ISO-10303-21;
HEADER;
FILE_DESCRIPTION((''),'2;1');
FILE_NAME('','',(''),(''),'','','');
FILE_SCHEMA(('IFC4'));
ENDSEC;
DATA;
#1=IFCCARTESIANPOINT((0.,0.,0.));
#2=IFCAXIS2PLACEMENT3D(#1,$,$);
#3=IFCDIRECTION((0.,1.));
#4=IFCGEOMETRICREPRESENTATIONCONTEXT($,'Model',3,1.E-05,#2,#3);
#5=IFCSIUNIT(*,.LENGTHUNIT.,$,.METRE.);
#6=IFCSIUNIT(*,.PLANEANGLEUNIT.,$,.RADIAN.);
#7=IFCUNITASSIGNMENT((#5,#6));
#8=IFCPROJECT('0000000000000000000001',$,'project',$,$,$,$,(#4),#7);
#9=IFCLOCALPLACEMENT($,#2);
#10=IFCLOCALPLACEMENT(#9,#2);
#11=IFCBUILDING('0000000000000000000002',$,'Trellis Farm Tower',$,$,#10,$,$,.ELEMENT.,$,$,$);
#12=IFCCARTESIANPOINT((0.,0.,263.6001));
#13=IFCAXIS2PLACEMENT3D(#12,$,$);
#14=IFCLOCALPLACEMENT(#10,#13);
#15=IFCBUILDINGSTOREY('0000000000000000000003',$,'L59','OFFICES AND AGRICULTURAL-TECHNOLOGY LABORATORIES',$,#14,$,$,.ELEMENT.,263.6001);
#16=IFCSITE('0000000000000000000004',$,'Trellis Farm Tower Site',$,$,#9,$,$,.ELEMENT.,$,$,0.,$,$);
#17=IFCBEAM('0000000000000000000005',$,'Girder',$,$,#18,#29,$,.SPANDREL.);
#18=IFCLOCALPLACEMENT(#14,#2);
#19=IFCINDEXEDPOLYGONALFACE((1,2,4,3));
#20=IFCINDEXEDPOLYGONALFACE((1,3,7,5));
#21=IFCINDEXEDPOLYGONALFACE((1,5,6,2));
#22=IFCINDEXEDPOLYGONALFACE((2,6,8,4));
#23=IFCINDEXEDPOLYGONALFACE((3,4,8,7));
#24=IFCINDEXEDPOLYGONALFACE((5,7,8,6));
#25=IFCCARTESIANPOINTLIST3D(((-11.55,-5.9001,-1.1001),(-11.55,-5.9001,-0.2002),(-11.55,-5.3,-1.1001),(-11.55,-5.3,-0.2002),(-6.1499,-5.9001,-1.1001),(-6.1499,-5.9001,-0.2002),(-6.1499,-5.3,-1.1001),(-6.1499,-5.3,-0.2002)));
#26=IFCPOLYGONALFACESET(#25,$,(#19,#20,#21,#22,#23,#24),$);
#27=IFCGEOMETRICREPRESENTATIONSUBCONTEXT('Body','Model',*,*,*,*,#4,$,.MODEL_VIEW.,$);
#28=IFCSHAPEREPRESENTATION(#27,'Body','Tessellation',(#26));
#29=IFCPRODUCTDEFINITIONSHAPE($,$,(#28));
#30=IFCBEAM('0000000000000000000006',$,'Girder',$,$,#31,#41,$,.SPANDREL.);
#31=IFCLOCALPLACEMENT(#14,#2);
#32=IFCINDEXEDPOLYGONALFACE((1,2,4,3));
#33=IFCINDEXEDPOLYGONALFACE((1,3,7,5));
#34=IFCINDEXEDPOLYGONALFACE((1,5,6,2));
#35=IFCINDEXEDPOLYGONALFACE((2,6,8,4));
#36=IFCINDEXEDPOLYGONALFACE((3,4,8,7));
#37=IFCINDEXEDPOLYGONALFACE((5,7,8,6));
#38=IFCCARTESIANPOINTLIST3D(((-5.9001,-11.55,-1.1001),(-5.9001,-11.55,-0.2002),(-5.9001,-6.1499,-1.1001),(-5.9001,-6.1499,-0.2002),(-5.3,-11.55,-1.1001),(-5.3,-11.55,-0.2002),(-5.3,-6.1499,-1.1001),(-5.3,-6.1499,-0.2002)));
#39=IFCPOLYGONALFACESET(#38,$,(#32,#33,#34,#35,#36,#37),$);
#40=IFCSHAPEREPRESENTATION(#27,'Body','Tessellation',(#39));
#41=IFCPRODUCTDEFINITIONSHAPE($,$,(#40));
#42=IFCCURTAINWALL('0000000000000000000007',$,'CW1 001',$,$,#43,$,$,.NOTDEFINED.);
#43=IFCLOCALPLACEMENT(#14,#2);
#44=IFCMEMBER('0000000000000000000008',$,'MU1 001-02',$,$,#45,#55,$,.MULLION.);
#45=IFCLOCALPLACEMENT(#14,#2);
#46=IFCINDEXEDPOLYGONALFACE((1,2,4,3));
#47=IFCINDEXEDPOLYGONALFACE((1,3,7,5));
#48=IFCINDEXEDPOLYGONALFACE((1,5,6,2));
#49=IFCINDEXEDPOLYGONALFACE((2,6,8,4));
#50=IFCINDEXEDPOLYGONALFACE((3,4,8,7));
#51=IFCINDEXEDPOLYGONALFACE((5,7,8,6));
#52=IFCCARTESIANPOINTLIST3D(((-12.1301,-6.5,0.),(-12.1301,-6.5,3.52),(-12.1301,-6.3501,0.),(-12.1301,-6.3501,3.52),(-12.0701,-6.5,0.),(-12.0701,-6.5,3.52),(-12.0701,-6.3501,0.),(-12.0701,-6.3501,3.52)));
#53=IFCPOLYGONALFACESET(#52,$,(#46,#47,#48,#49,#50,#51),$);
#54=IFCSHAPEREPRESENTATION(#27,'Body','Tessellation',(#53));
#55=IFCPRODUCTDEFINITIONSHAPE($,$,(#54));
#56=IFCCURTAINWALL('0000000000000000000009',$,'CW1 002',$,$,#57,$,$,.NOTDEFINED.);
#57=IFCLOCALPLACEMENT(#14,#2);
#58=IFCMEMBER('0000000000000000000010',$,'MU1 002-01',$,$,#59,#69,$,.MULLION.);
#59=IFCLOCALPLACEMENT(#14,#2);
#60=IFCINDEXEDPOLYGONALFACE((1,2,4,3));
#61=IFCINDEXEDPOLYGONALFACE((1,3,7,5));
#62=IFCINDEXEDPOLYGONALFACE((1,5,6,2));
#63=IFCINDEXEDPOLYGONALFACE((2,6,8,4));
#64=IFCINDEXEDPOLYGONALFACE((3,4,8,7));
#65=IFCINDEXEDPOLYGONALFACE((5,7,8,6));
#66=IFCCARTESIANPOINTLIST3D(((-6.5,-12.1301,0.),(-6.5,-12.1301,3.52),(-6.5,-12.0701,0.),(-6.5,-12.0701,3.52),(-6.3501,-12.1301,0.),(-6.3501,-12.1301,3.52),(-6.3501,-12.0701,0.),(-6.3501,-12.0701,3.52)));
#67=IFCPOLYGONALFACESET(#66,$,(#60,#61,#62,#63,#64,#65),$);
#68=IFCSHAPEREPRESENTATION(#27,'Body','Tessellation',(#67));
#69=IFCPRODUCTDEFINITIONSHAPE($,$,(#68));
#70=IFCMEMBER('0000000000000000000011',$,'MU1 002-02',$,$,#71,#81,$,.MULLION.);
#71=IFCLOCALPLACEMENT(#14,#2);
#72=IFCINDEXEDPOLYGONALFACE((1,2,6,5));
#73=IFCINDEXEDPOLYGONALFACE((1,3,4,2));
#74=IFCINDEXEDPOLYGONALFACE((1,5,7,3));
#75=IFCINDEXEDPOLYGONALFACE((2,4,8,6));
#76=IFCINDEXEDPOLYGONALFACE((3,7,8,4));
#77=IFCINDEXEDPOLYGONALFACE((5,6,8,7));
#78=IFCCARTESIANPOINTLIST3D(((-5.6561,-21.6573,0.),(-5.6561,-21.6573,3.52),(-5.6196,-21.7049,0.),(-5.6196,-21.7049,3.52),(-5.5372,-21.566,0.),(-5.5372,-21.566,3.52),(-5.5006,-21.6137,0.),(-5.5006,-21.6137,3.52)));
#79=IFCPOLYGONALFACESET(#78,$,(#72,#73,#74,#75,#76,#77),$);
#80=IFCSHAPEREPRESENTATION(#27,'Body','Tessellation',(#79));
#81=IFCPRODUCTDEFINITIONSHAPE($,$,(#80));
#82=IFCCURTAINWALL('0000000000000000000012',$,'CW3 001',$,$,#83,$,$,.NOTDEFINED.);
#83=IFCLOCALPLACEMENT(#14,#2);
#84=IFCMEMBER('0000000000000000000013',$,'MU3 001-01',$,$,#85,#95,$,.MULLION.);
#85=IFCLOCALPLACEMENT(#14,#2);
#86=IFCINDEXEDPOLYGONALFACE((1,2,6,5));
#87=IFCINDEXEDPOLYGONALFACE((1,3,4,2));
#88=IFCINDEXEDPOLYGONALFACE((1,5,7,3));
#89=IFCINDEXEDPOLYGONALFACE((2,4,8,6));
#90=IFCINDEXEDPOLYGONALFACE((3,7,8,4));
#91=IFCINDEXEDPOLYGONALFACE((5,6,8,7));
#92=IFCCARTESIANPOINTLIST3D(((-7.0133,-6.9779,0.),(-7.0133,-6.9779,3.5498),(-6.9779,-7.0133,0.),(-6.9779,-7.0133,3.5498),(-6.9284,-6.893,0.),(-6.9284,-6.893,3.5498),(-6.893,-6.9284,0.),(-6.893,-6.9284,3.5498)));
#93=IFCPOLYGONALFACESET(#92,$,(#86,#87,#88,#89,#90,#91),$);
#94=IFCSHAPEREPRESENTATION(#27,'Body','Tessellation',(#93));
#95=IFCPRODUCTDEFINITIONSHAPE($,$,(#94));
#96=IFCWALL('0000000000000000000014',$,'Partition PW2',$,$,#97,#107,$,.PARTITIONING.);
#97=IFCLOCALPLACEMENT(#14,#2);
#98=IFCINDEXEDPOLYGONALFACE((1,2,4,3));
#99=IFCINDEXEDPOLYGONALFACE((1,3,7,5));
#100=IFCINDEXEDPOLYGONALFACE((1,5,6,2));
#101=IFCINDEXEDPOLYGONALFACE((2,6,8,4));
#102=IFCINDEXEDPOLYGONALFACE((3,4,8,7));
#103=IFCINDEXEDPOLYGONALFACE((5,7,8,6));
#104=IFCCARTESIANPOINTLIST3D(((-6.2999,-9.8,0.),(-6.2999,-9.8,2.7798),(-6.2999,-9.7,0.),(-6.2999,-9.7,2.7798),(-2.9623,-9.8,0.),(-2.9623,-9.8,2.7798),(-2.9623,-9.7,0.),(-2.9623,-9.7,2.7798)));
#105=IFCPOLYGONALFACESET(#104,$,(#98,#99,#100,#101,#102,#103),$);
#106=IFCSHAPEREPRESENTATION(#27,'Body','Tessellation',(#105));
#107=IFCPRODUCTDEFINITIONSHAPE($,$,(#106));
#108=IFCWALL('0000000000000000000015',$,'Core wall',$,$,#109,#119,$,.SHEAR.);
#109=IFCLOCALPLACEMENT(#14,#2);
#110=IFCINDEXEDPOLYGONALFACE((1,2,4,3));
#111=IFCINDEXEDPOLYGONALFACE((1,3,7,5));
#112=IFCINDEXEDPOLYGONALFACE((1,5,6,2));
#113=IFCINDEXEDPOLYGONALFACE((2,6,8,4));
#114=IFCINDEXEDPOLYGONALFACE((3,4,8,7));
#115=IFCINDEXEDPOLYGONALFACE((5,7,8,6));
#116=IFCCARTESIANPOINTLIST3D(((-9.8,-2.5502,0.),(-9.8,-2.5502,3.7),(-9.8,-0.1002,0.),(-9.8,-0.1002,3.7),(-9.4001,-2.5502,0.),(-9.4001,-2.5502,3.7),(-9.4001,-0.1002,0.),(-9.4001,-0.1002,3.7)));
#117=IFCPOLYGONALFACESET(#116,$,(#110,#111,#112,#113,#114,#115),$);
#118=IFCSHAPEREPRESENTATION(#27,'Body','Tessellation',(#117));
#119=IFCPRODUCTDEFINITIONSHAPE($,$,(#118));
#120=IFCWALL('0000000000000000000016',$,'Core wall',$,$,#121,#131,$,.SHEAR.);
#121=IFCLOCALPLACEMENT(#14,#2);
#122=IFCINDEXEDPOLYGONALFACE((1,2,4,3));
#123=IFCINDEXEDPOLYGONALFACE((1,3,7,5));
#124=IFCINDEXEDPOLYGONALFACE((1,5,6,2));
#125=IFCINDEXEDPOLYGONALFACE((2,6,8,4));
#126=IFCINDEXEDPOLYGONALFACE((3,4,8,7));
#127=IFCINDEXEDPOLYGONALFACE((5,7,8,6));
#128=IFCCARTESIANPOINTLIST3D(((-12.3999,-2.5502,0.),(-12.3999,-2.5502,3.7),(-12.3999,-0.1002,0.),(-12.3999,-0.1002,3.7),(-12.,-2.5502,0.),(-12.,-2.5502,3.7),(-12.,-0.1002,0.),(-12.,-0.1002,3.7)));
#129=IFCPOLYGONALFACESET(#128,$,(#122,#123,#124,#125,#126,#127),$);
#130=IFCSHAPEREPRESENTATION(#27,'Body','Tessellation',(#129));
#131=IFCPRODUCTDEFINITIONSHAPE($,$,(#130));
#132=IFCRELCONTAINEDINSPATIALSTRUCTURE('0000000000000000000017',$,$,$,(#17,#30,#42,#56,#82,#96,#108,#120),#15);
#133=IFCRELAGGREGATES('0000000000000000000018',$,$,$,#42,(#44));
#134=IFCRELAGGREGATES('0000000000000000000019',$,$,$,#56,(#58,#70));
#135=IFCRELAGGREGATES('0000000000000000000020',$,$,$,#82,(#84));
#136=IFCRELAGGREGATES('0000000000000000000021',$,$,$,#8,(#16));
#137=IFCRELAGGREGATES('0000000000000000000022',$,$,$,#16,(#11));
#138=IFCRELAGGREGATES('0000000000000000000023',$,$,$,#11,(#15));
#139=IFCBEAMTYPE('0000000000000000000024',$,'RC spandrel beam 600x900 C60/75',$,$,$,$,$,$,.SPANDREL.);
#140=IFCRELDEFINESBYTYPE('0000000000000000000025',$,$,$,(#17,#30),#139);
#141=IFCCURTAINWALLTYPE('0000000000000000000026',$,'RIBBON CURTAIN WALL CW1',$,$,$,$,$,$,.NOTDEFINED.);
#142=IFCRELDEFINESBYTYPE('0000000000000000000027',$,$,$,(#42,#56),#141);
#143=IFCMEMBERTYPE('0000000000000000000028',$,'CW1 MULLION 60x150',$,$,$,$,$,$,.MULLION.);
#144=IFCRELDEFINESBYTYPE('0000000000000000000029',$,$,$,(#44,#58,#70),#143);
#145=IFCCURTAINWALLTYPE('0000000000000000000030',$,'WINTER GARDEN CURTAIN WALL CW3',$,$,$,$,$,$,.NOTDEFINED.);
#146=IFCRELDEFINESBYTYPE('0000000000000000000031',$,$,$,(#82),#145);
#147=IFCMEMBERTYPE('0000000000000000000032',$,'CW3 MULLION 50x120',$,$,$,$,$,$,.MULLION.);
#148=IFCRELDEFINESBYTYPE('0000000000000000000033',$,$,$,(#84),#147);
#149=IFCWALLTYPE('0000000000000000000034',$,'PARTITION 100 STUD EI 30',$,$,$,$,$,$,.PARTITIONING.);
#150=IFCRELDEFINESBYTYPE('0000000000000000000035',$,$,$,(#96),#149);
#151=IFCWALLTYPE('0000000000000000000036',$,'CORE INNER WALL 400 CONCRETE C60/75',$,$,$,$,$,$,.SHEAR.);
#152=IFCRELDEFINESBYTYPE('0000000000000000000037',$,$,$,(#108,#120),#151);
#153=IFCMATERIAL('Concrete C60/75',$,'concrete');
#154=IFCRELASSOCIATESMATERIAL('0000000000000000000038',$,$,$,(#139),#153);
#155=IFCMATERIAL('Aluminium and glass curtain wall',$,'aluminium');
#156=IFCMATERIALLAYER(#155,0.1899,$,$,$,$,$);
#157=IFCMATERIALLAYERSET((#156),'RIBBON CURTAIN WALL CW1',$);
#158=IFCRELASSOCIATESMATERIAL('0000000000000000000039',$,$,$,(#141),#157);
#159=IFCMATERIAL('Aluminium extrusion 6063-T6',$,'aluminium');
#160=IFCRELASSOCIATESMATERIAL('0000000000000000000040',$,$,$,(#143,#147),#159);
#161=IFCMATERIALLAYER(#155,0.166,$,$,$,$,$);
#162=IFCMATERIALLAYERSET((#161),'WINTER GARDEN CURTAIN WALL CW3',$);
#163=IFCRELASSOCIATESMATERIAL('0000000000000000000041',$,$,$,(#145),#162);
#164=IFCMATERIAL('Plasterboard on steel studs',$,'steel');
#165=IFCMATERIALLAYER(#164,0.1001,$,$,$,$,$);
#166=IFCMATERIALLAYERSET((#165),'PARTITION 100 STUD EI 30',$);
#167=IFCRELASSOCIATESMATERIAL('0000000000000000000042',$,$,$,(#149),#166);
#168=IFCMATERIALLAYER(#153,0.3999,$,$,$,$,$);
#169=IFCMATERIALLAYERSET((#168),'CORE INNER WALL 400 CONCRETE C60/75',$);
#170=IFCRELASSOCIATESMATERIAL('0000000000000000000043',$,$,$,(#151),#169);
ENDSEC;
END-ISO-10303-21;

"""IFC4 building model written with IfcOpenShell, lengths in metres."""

from ifc_helpers import new_model, si_unit, direction, frame, frame_2d, origin, origin_2d, place, context, subcontext, project, spatial, rectangle, extrude, source, transform, mapped, material, layer, layer_set, material_profile, profile_set, type_object, element, aggregate, save


model = new_model("IFC4")

# Units and contexts
model_context = context("Model", 3, precision=1e-05, world=origin(), true_north=direction((0.0, 1.0)))
body_context = subcontext(model_context, "Body", "Model", "MODEL_VIEW")
ifc_project = project(units=[si_unit("LENGTHUNIT", "METRE"), si_unit("PLANEANGLEUNIT", "RADIAN")], contexts=[model_context])

# Site, building, storey
site_placement = place(None, origin())
site = spatial("IfcSite", under=ifc_project, at=site_placement, Name="Trellis Farm Tower Site", CompositionType="ELEMENT", RefElevation=0.0)
building_placement = place(site_placement, origin())
building = spatial("IfcBuilding", under=site, at=building_placement, Name="Trellis Farm Tower", CompositionType="ELEMENT")
storey_placement = place(building_placement, frame((0.0, 0.0, 263.6001)))
storey = spatial("IfcBuildingStorey", under=building, at=storey_placement, Name="L59", Description="OFFICES AND AGRICULTURAL-TECHNOLOGY LABORATORIES", CompositionType="ELEMENT", Elevation=263.6001)

# Shared definitions
ifc_material_1 = material(Name="Concrete C60/75", Category="concrete")

# Beams
ifc_material_profile_1 = material_profile(ifc_material_1, rectangle(XDim=0.6001, YDim=0.8999, at=origin_2d()), Name="RC spandrel beam 600x900 C60/75")
ifc_profile_set_1 = profile_set([ifc_material_profile_1], Name="Concrete C60/75")
beam_type_1 = type_object("IfcBeamType", Name="RC spandrel beam 600x900 C60/75", PredefinedType="SPANDREL", material=ifc_profile_set_1)
shared_shape_1 = source(origin(), body_context, "Body", "SweptSolid", [
    extrude(rectangle(XDim=0.6001, YDim=0.8999, at=origin_2d()), origin(), (0.0, 0.0, 1.0), 5.4001),
])
for number, where, z_axis, x_axis, name in (
    (1, (-11.55, -5.6001, -0.6501), (1.0, 0.0, 0.0), (0.0, 1.0, 0.0), "Girder"),
    (2, (-5.6001, -11.55, -0.6501), (0.0, 1.0, 0.0), (-1.0, 0.0, 0.0), "Girder"),
):
    element("IfcBeam", number, at=place(storey_placement, frame(where, z_axis=z_axis, x_axis=x_axis)), inside=storey, type_object=beam_type_1, Name=name, PredefinedType="SPANDREL", context=body_context, shape_type="MappedRepresentation", body=[
        mapped(shared_shape_1, transform((0.0, 0.0, 0.0))),
    ])

# Curtain wall, member
ifc_material_2 = material(Name="Aluminium and glass curtain wall", Category="aluminium")
ifc_layer_1 = layer(ifc_material_2, 0.1899)
ifc_layer_set_1 = layer_set([ifc_layer_1], Name="RIBBON CURTAIN WALL CW1")
curtain_wall_type_1 = type_object("IfcCurtainWallType", Name="RIBBON CURTAIN WALL CW1", PredefinedType="NOTDEFINED", material=ifc_layer_set_1)
placement = place(storey_placement, origin())
curtain_wall_1 = element("IfcCurtainWall", 3, at=placement, inside=storey, type_object=curtain_wall_type_1, Name="CW1 001", PredefinedType="NOTDEFINED")
ifc_material_3 = material(Name="Aluminium extrusion 6063-T6", Category="aluminium")
ifc_material_profile_2 = material_profile(ifc_material_3, rectangle(XDim=0.0601, YDim=0.1499, at=origin_2d()), Name="MULLION 60x150")
ifc_profile_set_2 = profile_set([ifc_material_profile_2], Name="Aluminium extrusion 6063-T6")
member_type_1 = type_object("IfcMemberType", Name="CW1 MULLION 60x150", PredefinedType="MULLION", material=ifc_profile_set_2)
shared_shape_2 = source(origin(), body_context, "Body", "SweptSolid", [
    extrude(rectangle(XDim=0.0601, YDim=0.1499, at=origin_2d()), origin(), (0.0, 0.0, 1.0), 3.52),
])
member_1_placement = place(storey_placement, frame((-12.1001, -6.425, 0.0), z_axis=(0.0, 0.0, 1.0), x_axis=(1.0, 0.0, 0.0)))
member_1 = element("IfcMember", 4, at=member_1_placement, type_object=member_type_1, Name="MU1 001-02", PredefinedType="MULLION", context=body_context, shape_type="MappedRepresentation", body=[
    mapped(shared_shape_2, transform((0.0, 0.0, 0.0))),
])
aggregate(curtain_wall_1, [member_1])

# Curtain wall, members
curtain_wall_2 = element("IfcCurtainWall", 5, at=placement, inside=storey, type_object=curtain_wall_type_1, Name="CW1 002", PredefinedType="NOTDEFINED")
member_2_placement = place(storey_placement, frame((-6.425, -12.1001, 0.0), z_axis=(0.0, 0.0, 1.0), x_axis=(0.0, -1.0, 0.0)))
member_2 = element("IfcMember", 6, at=member_2_placement, type_object=member_type_1, Name="MU1 002-01", PredefinedType="MULLION", context=body_context, shape_type="MappedRepresentation", body=[
    mapped(shared_shape_2, transform((0.0, 0.0, 0.0))),
])
member_3_placement = place(storey_placement, frame((-5.5784, -21.6355, 0.0), z_axis=(0.0, 0.0, 1.0), x_axis=(0.608761, -0.793353, 0.0)))
member_3 = element("IfcMember", 7, at=member_3_placement, type_object=member_type_1, Name="MU1 002-02", PredefinedType="MULLION", context=body_context, shape_type="MappedRepresentation", body=[
    mapped(shared_shape_2, transform((0.0, 0.0, 0.0))),
])
aggregate(curtain_wall_2, [member_2, member_3])

# Curtain wall, member
ifc_layer_2 = layer(ifc_material_2, 0.166)
ifc_layer_set_2 = layer_set([ifc_layer_2], Name="WINTER GARDEN CURTAIN WALL CW3")
curtain_wall_type_2 = type_object("IfcCurtainWallType", Name="WINTER GARDEN CURTAIN WALL CW3", PredefinedType="NOTDEFINED", material=ifc_layer_set_2)
curtain_wall_3 = element("IfcCurtainWall", 8, at=placement, inside=storey, type_object=curtain_wall_type_2, Name="CW3 001", PredefinedType="NOTDEFINED")
ifc_material_profile_3 = material_profile(ifc_material_3, rectangle(XDim=0.05, YDim=0.1201, at=origin_2d()), Name="MULLION 50x120")
ifc_profile_set_3 = profile_set([ifc_material_profile_3], Name="Aluminium extrusion 6063-T6")
member_type_2 = type_object("IfcMemberType", Name="CW3 MULLION 50x120", PredefinedType="MULLION", material=ifc_profile_set_3)
shared_shape_3 = source(origin(), body_context, "Body", "SweptSolid", [
    extrude(rectangle(XDim=0.05, YDim=0.1201, at=origin_2d()), origin(), (0.0, 0.0, 1.0), 3.5498),
])
member_4_placement = place(storey_placement, frame((-6.9531, -6.9531, 0.0), z_axis=(0.0, 0.0, 1.0), x_axis=(0.707107, -0.707107, 0.0)))
member_4 = element("IfcMember", 9, at=member_4_placement, type_object=member_type_2, Name="MU3 001-01", PredefinedType="MULLION", context=body_context, shape_type="MappedRepresentation", body=[
    mapped(shared_shape_3, transform((0.0, 0.0, 0.0))),
])
aggregate(curtain_wall_3, [member_4])

# Walls
ifc_material_4 = material(Name="Plasterboard on steel studs", Category="steel")
ifc_layer_3 = layer(ifc_material_4, 0.1001)
ifc_layer_set_3 = layer_set([ifc_layer_3], Name="PARTITION 100 STUD EI 30")
wall_type_1 = type_object("IfcWallType", Name="PARTITION 100 STUD EI 30", PredefinedType="PARTITIONING", material=ifc_layer_set_3)
wall_1_placement = place(storey_placement, frame((-6.3, -9.75, 0.0), z_axis=(0.0, 0.0, 1.0), x_axis=(1.0, 0.0, 0.0)))
element("IfcWall", 10, at=wall_1_placement, inside=storey, type_object=wall_type_1, Name="Partition PW2", PredefinedType="PARTITIONING", context=body_context, shape_type="SweptSolid", body=[
    extrude(rectangle(XDim=3.3376, YDim=0.1001, at=frame_2d((1.6689, 0.0))), origin(), (0.0, 0.0, 1.0), 2.7798),
])
ifc_layer_4 = layer(ifc_material_1, 0.3999)
ifc_layer_set_4 = layer_set([ifc_layer_4], Name="CORE INNER WALL 400 CONCRETE C60/75")
wall_type_2 = type_object("IfcWallType", Name="CORE INNER WALL 400 CONCRETE C60/75", PredefinedType="SHEAR", material=ifc_layer_set_4)
shared_shape_4 = source(origin(), body_context, "Body", "SweptSolid", [
    extrude(rectangle(XDim=2.45, YDim=0.3999, at=frame_2d((1.2251, 0.0))), origin(), (0.0, 0.0, 1.0), 3.7),
])
for number, where, z_axis, x_axis, name in (
    (11, (-9.6001, -0.1001, 0.0), (0.0, 0.0, 1.0), (0.0, -1.0, 0.0), "Core wall"),
    (12, (-12.2, -0.1001, 0.0), (0.0, 0.0, 1.0), (0.0, -1.0, 0.0), "Core wall"),
):
    element("IfcWall", number, at=place(storey_placement, frame(where, z_axis=z_axis, x_axis=x_axis)), inside=storey, type_object=wall_type_2, Name=name, PredefinedType="SHEAR", context=body_context, shape_type="MappedRepresentation", body=[
        mapped(shared_shape_4, transform((0.0, 0.0, 0.0))),
    ])

save(model, "model.ifc")
